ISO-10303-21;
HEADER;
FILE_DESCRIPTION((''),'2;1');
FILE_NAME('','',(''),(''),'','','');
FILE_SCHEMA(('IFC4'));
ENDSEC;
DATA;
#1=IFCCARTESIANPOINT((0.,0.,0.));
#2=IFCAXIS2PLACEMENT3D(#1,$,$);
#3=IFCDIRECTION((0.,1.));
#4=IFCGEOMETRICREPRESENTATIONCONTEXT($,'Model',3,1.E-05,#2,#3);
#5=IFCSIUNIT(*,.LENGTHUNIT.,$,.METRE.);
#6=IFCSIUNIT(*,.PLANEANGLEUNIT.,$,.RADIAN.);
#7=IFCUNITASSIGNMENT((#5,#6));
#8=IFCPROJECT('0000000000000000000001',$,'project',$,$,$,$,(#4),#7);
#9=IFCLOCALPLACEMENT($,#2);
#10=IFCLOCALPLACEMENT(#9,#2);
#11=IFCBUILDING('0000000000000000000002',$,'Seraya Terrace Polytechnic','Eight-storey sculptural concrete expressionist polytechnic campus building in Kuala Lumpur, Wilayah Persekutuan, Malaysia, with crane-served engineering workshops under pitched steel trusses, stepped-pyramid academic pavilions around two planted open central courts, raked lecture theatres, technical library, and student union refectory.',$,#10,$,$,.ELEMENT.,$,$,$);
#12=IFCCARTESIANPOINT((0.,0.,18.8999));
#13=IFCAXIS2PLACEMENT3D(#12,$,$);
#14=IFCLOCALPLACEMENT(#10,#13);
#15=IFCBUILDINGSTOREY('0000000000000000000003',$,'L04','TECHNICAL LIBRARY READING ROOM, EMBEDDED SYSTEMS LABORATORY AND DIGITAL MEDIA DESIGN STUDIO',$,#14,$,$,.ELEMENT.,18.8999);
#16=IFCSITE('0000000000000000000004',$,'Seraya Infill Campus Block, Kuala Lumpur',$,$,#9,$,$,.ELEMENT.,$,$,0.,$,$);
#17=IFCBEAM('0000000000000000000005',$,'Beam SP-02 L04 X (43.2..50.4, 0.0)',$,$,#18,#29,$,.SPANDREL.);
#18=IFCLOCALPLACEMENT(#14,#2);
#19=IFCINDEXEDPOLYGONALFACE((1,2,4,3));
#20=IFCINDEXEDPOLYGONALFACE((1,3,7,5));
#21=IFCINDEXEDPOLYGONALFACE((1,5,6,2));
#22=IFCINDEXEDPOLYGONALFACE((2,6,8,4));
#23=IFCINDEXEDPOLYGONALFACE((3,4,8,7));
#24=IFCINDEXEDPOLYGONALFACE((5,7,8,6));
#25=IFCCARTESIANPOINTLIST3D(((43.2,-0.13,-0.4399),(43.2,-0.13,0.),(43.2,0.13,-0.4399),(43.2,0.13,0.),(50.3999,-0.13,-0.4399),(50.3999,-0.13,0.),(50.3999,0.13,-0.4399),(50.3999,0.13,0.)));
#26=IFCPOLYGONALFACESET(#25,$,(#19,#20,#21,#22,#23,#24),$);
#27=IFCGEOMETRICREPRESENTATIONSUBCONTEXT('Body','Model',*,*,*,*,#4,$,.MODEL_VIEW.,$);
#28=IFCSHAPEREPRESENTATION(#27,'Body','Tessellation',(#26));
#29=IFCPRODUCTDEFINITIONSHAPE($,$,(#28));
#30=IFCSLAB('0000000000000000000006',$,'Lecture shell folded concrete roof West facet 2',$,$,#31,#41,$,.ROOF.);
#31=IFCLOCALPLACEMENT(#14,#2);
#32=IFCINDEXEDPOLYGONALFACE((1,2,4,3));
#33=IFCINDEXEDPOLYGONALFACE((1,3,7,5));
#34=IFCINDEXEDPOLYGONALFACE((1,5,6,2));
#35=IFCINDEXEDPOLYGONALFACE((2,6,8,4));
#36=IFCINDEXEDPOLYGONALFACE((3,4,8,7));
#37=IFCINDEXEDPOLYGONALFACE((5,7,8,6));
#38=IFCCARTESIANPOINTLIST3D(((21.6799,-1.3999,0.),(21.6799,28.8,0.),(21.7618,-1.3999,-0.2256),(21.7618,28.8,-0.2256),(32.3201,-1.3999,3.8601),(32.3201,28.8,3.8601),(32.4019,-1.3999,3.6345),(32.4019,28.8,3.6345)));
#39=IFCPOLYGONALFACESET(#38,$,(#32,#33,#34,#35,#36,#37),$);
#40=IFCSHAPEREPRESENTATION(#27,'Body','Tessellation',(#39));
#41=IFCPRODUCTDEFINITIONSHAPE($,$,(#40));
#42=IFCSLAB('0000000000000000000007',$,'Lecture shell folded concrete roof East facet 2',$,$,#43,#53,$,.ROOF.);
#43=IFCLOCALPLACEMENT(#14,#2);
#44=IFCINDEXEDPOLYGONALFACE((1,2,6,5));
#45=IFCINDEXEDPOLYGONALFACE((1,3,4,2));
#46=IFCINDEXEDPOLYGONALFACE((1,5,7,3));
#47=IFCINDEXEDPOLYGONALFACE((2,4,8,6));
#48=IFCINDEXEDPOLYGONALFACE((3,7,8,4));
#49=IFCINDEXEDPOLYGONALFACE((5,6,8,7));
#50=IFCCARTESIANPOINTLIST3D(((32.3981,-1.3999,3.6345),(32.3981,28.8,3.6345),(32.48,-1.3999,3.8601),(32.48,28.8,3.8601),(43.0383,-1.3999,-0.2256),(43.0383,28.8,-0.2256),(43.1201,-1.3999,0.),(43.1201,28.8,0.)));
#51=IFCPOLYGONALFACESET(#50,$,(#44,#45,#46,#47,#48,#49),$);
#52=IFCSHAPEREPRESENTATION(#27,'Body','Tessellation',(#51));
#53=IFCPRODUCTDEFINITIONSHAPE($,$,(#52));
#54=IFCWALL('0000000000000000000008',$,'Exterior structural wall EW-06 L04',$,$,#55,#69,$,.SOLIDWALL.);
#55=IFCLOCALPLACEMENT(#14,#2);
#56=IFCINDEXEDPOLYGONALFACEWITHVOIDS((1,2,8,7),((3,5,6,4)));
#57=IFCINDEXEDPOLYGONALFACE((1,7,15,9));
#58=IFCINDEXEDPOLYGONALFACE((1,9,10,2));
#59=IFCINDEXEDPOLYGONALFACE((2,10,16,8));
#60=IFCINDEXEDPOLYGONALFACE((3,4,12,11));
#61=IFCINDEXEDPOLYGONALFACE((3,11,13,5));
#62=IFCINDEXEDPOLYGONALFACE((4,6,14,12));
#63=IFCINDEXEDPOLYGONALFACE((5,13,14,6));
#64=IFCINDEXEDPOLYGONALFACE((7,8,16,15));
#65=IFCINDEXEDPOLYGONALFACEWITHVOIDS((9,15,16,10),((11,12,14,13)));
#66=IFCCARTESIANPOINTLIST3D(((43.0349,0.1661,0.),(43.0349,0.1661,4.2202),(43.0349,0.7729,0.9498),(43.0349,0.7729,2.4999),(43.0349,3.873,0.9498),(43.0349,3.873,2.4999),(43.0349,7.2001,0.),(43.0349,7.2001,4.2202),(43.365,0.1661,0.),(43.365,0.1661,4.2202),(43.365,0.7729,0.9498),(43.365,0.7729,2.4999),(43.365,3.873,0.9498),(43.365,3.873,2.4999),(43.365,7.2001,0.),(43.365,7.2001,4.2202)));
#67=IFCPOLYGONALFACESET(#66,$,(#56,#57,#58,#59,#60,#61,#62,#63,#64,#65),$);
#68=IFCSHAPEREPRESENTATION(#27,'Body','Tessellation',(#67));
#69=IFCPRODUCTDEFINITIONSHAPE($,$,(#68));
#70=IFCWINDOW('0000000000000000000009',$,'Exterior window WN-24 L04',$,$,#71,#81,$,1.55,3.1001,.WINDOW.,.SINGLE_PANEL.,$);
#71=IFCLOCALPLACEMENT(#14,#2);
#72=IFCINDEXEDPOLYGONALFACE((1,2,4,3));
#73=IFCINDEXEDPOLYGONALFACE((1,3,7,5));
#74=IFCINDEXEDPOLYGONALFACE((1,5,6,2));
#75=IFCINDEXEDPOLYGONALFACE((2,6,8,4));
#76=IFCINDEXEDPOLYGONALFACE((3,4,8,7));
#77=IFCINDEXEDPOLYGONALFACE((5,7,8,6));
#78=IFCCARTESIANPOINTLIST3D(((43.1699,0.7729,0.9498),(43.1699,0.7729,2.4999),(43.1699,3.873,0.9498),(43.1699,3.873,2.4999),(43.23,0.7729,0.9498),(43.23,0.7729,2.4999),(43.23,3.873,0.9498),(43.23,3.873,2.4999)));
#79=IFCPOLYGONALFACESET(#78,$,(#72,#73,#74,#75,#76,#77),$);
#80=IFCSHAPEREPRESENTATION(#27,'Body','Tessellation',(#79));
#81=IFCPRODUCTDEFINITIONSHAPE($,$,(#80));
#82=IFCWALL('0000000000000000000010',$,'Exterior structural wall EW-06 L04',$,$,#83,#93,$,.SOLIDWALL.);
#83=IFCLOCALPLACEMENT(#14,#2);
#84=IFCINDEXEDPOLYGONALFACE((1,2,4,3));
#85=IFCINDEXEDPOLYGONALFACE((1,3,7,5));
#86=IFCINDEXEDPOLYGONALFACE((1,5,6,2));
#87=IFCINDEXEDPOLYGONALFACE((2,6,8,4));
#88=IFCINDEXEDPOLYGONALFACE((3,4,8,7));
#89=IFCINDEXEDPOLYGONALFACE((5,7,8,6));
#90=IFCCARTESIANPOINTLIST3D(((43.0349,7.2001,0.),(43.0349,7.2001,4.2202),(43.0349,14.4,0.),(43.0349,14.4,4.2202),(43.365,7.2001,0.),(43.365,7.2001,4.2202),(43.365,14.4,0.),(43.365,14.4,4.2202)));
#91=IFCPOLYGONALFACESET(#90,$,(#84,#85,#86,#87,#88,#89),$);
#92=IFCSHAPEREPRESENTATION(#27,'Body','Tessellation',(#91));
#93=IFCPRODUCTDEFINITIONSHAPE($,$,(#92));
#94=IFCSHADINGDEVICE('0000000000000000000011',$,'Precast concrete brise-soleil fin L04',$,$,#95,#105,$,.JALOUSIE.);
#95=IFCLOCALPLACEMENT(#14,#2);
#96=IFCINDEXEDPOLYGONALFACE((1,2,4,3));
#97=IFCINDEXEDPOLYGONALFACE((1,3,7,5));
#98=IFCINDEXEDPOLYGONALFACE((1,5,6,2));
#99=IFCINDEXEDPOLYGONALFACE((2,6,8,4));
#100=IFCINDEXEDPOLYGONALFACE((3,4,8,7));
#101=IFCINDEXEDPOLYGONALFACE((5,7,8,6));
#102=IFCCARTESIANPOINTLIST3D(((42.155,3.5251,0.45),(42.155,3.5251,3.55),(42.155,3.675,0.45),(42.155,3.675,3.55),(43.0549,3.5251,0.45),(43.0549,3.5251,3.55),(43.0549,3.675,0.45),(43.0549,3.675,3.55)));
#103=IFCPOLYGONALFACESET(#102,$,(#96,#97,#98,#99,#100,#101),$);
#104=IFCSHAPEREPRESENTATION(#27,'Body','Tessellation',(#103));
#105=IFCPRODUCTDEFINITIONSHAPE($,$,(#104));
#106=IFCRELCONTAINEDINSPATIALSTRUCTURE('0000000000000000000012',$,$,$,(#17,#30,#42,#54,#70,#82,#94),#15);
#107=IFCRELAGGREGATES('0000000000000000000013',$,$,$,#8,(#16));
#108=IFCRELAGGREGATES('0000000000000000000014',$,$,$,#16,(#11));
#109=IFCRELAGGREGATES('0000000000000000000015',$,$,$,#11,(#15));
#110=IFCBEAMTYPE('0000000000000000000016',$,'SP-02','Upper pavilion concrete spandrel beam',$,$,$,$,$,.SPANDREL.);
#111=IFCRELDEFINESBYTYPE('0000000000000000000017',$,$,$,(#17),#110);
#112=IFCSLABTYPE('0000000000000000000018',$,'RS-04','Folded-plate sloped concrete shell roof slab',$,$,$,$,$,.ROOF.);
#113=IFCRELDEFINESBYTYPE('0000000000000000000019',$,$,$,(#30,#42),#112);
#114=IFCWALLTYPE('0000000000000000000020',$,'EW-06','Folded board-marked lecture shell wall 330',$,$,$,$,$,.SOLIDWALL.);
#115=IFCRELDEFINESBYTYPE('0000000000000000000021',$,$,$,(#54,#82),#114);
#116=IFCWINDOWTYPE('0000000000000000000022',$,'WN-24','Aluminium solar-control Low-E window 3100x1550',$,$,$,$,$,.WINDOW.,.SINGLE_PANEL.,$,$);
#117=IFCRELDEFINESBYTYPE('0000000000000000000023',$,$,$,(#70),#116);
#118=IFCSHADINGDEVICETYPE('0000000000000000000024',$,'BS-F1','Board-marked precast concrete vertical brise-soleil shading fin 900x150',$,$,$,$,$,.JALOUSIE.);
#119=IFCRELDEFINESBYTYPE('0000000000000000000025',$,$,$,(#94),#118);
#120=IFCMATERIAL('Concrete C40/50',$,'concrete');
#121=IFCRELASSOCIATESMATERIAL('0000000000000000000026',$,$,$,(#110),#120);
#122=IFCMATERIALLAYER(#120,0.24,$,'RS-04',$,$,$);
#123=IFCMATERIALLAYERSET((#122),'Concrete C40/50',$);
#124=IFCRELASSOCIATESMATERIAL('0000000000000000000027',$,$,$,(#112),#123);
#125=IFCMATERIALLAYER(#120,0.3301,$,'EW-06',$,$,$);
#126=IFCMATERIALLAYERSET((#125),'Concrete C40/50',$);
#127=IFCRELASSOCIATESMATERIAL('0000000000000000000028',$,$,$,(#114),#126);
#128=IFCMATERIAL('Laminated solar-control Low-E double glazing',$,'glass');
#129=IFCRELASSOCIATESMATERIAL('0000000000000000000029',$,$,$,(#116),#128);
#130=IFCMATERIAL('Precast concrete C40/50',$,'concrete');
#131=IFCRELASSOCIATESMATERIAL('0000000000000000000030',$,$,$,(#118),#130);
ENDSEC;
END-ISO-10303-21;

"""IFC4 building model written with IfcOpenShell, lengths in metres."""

from ifc_helpers import new_model, si_unit, direction, frame, frame_2d, origin, origin_2d, place, context, subcontext, project, spatial, polyline, rectangle, outline, extrude, material, layer, layer_set, material_profile, profile_set, type_object, element, fill, save


model = new_model("IFC4")

# Units and contexts
model_context = context("Model", 3, precision=1e-05, world=origin(), true_north=direction((0.0, 1.0)))
body_context = subcontext(model_context, "Body", "Model", "MODEL_VIEW")
ifc_project = project(units=[si_unit("LENGTHUNIT", "METRE"), si_unit("PLANEANGLEUNIT", "RADIAN")], contexts=[model_context])

# Site, building, storey
site_placement = place(None, origin())
site = spatial("IfcSite", under=ifc_project, at=site_placement, Name="Seraya Infill Campus Block, Kuala Lumpur", CompositionType="ELEMENT", RefElevation=0.0)
building_placement = place(site_placement, origin())
building = spatial("IfcBuilding", under=site, at=building_placement, Name="Seraya Terrace Polytechnic", Description="Eight-storey sculptural concrete expressionist polytechnic campus building in Kuala Lumpur, Wilayah Persekutuan, Malaysia, with crane-served engineering workshops under pitched steel trusses, stepped-pyramid academic pavilions around two planted open central courts, raked lecture theatres, technical library, and student union refectory.", CompositionType="ELEMENT")
storey_placement = place(building_placement, frame((0.0, 0.0, 18.8999)))
storey = spatial("IfcBuildingStorey", under=building, at=storey_placement, Name="L04", Description="TECHNICAL LIBRARY READING ROOM, EMBEDDED SYSTEMS LABORATORY AND DIGITAL MEDIA DESIGN STUDIO", CompositionType="ELEMENT", Elevation=18.8999)

# Shared definitions
ifc_material_1 = material(Name="Concrete C40/50", Category="concrete")

# Beam
ifc_material_profile_1 = material_profile(ifc_material_1, rectangle(XDim=0.26, YDim=0.4399, at=origin_2d()), Name="RC 260x440")
ifc_profile_set_1 = profile_set([ifc_material_profile_1], Name="Concrete C40/50")
beam_type_1 = type_object("IfcBeamType", Name="SP-02", Description="Upper pavilion concrete spandrel beam", PredefinedType="SPANDREL", material=ifc_profile_set_1)
for number, where, z_axis, x_axis, name in (
    (1, (43.2, 0.0, -0.22), (1.0, 0.0, 0.0), (0.0, 1.0, 0.0), "Beam SP-02 L04 X (43.2..50.4, 0.0)"),
):
    element("IfcBeam", number, at=place(storey_placement, frame(where, z_axis=z_axis, x_axis=x_axis)), inside=storey, type_object=beam_type_1, Name=name, PredefinedType="SPANDREL", context=body_context, shape_type="SweptSolid", body=[
        extrude(rectangle(XDim=0.26, YDim=0.4399, at=origin_2d()), origin(), (0.0, 0.0, 1.0), 7.2),
    ])

# Slabs
ifc_layer_1 = layer(ifc_material_1, 0.24, Name="RS-04")
ifc_layer_set_1 = layer_set([ifc_layer_1], Name="Concrete C40/50")
slab_type = type_object("IfcSlabType", Name="RS-04", Description="Folded-plate sloped concrete shell roof slab", PredefinedType="ROOF", material=ifc_layer_set_1)
for number, where, z_axis, x_axis, name in (
    (2, (21.6799, -1.3999, 0.0), (-0.341038, 0.0, 0.940049), (0.940049, 0.0, 0.341038), "Lecture shell folded concrete roof West facet 2"),
    (3, (32.48, -1.3999, 3.8601), (0.341038, 0.0, 0.940049), (0.940049, 0.0, -0.341038), "Lecture shell folded concrete roof East facet 2"),
):
    element("IfcSlab", number, at=place(storey_placement, frame(where, z_axis=z_axis, x_axis=x_axis)), inside=storey, type_object=slab_type, Name=name, PredefinedType="ROOF", context=body_context, shape_type="SweptSolid", body=[
        extrude(outline(polyline([(0.0, 0.0), (11.3187, 0.0), (11.3187, 30.2), (0.0, 30.2), (0.0, 0.0)])), origin(), (0.0, 0.0, -1.0), 0.24),
    ])

# Wall, opening, window
ifc_layer_2 = layer(ifc_material_1, 0.3301, Name="EW-06")
ifc_layer_set_2 = layer_set([ifc_layer_2], Name="Concrete C40/50")
wall_type = type_object("IfcWallType", Name="EW-06", Description="Folded board-marked lecture shell wall 330", PredefinedType="SOLIDWALL", material=ifc_layer_set_2)
wall_1_placement = place(storey_placement, frame((43.2, 0.166, 0.0), z_axis=(0.0, 0.0, 1.0), x_axis=(0.0, 1.0, 0.0)))
wall_1 = element("IfcWall", 4, at=wall_1_placement, inside=storey, type_object=wall_type, Name="Exterior structural wall EW-06 L04", PredefinedType="SOLIDWALL", context=body_context, shape_type="SweptSolid", body=[
    extrude(rectangle(XDim=7.0339, YDim=0.3301, at=frame_2d((3.5171, 0.0))), origin(), (0.0, 0.0, 1.0), 4.2202),
])
opening_placement = place(wall_1_placement, frame((0.6069, 0.0, 0.95)))
opening = element("IfcOpeningElement", 5, at=opening_placement, cuts=wall_1, PredefinedType="OPENING", context=body_context, shape_type="SweptSolid", body=[
    extrude(rectangle(XDim=3.1001, YDim=1.55, at=frame_2d((1.55, 0.7749))), frame((0.0, 0.177, 0.0), z_axis=(0.0, -1.0, 0.0), x_axis=(1.0, 0.0, 0.0)), (0.0, 0.0, 1.0), 0.354),
])
ifc_material_2 = material(Name="Laminated solar-control Low-E double glazing", Category="glass")
window_type = type_object("IfcWindowType", Name="WN-24", Description="Aluminium solar-control Low-E window 3100x1550", PartitioningType="SINGLE_PANEL", PredefinedType="WINDOW", material=ifc_material_2)
window_placement = place(opening_placement, origin())
window = element("IfcWindow", 6, at=window_placement, inside=storey, type_object=window_type, Name="Exterior window WN-24 L04", OverallHeight=1.55, OverallWidth=3.1001, PartitioningType="SINGLE_PANEL", PredefinedType="WINDOW", context=body_context, shape_type="SweptSolid", body=[
    extrude(rectangle(XDim=3.1001, YDim=1.55, at=frame_2d((1.55, 0.7749))), frame((0.0, 0.03, 0.0), z_axis=(0.0, -1.0, 0.0), x_axis=(1.0, 0.0, 0.0)), (0.0, 0.0, 1.0), 0.0601),
])
fill(opening, window)

# Wall
wall_2_placement = place(storey_placement, frame((43.2, 7.2, 0.0), z_axis=(0.0, 0.0, 1.0), x_axis=(0.0, 1.0, 0.0)))
element("IfcWall", 7, at=wall_2_placement, inside=storey, type_object=wall_type, Name="Exterior structural wall EW-06 L04", PredefinedType="SOLIDWALL", context=body_context, shape_type="SweptSolid", body=[
    extrude(rectangle(XDim=7.2, YDim=0.3301, at=frame_2d((3.6001, 0.0))), origin(), (0.0, 0.0, 1.0), 4.2202),
])

# Shading device
ifc_material_3 = material(Name="Precast concrete C40/50", Category="concrete")
shading_device_type = type_object("IfcShadingDeviceType", Name="BS-F1", Description="Board-marked precast concrete vertical brise-soleil shading fin 900x150", PredefinedType="JALOUSIE", material=ifc_material_3)
shading_device_placement = place(storey_placement, frame((42.605, 3.6001, 0.45), z_axis=(0.0, 0.0, 1.0), x_axis=(-1.0, 0.0, 0.0)))
element("IfcShadingDevice", 8, at=shading_device_placement, inside=storey, type_object=shading_device_type, Name="Precast concrete brise-soleil fin L04", PredefinedType="JALOUSIE", context=body_context, shape_type="SweptSolid", body=[
    extrude(rectangle(XDim=0.8999, YDim=0.1499, at=origin_2d()), origin(), (0.0, 0.0, 1.0), 3.1001),
])

save(model, "model.ifc")
